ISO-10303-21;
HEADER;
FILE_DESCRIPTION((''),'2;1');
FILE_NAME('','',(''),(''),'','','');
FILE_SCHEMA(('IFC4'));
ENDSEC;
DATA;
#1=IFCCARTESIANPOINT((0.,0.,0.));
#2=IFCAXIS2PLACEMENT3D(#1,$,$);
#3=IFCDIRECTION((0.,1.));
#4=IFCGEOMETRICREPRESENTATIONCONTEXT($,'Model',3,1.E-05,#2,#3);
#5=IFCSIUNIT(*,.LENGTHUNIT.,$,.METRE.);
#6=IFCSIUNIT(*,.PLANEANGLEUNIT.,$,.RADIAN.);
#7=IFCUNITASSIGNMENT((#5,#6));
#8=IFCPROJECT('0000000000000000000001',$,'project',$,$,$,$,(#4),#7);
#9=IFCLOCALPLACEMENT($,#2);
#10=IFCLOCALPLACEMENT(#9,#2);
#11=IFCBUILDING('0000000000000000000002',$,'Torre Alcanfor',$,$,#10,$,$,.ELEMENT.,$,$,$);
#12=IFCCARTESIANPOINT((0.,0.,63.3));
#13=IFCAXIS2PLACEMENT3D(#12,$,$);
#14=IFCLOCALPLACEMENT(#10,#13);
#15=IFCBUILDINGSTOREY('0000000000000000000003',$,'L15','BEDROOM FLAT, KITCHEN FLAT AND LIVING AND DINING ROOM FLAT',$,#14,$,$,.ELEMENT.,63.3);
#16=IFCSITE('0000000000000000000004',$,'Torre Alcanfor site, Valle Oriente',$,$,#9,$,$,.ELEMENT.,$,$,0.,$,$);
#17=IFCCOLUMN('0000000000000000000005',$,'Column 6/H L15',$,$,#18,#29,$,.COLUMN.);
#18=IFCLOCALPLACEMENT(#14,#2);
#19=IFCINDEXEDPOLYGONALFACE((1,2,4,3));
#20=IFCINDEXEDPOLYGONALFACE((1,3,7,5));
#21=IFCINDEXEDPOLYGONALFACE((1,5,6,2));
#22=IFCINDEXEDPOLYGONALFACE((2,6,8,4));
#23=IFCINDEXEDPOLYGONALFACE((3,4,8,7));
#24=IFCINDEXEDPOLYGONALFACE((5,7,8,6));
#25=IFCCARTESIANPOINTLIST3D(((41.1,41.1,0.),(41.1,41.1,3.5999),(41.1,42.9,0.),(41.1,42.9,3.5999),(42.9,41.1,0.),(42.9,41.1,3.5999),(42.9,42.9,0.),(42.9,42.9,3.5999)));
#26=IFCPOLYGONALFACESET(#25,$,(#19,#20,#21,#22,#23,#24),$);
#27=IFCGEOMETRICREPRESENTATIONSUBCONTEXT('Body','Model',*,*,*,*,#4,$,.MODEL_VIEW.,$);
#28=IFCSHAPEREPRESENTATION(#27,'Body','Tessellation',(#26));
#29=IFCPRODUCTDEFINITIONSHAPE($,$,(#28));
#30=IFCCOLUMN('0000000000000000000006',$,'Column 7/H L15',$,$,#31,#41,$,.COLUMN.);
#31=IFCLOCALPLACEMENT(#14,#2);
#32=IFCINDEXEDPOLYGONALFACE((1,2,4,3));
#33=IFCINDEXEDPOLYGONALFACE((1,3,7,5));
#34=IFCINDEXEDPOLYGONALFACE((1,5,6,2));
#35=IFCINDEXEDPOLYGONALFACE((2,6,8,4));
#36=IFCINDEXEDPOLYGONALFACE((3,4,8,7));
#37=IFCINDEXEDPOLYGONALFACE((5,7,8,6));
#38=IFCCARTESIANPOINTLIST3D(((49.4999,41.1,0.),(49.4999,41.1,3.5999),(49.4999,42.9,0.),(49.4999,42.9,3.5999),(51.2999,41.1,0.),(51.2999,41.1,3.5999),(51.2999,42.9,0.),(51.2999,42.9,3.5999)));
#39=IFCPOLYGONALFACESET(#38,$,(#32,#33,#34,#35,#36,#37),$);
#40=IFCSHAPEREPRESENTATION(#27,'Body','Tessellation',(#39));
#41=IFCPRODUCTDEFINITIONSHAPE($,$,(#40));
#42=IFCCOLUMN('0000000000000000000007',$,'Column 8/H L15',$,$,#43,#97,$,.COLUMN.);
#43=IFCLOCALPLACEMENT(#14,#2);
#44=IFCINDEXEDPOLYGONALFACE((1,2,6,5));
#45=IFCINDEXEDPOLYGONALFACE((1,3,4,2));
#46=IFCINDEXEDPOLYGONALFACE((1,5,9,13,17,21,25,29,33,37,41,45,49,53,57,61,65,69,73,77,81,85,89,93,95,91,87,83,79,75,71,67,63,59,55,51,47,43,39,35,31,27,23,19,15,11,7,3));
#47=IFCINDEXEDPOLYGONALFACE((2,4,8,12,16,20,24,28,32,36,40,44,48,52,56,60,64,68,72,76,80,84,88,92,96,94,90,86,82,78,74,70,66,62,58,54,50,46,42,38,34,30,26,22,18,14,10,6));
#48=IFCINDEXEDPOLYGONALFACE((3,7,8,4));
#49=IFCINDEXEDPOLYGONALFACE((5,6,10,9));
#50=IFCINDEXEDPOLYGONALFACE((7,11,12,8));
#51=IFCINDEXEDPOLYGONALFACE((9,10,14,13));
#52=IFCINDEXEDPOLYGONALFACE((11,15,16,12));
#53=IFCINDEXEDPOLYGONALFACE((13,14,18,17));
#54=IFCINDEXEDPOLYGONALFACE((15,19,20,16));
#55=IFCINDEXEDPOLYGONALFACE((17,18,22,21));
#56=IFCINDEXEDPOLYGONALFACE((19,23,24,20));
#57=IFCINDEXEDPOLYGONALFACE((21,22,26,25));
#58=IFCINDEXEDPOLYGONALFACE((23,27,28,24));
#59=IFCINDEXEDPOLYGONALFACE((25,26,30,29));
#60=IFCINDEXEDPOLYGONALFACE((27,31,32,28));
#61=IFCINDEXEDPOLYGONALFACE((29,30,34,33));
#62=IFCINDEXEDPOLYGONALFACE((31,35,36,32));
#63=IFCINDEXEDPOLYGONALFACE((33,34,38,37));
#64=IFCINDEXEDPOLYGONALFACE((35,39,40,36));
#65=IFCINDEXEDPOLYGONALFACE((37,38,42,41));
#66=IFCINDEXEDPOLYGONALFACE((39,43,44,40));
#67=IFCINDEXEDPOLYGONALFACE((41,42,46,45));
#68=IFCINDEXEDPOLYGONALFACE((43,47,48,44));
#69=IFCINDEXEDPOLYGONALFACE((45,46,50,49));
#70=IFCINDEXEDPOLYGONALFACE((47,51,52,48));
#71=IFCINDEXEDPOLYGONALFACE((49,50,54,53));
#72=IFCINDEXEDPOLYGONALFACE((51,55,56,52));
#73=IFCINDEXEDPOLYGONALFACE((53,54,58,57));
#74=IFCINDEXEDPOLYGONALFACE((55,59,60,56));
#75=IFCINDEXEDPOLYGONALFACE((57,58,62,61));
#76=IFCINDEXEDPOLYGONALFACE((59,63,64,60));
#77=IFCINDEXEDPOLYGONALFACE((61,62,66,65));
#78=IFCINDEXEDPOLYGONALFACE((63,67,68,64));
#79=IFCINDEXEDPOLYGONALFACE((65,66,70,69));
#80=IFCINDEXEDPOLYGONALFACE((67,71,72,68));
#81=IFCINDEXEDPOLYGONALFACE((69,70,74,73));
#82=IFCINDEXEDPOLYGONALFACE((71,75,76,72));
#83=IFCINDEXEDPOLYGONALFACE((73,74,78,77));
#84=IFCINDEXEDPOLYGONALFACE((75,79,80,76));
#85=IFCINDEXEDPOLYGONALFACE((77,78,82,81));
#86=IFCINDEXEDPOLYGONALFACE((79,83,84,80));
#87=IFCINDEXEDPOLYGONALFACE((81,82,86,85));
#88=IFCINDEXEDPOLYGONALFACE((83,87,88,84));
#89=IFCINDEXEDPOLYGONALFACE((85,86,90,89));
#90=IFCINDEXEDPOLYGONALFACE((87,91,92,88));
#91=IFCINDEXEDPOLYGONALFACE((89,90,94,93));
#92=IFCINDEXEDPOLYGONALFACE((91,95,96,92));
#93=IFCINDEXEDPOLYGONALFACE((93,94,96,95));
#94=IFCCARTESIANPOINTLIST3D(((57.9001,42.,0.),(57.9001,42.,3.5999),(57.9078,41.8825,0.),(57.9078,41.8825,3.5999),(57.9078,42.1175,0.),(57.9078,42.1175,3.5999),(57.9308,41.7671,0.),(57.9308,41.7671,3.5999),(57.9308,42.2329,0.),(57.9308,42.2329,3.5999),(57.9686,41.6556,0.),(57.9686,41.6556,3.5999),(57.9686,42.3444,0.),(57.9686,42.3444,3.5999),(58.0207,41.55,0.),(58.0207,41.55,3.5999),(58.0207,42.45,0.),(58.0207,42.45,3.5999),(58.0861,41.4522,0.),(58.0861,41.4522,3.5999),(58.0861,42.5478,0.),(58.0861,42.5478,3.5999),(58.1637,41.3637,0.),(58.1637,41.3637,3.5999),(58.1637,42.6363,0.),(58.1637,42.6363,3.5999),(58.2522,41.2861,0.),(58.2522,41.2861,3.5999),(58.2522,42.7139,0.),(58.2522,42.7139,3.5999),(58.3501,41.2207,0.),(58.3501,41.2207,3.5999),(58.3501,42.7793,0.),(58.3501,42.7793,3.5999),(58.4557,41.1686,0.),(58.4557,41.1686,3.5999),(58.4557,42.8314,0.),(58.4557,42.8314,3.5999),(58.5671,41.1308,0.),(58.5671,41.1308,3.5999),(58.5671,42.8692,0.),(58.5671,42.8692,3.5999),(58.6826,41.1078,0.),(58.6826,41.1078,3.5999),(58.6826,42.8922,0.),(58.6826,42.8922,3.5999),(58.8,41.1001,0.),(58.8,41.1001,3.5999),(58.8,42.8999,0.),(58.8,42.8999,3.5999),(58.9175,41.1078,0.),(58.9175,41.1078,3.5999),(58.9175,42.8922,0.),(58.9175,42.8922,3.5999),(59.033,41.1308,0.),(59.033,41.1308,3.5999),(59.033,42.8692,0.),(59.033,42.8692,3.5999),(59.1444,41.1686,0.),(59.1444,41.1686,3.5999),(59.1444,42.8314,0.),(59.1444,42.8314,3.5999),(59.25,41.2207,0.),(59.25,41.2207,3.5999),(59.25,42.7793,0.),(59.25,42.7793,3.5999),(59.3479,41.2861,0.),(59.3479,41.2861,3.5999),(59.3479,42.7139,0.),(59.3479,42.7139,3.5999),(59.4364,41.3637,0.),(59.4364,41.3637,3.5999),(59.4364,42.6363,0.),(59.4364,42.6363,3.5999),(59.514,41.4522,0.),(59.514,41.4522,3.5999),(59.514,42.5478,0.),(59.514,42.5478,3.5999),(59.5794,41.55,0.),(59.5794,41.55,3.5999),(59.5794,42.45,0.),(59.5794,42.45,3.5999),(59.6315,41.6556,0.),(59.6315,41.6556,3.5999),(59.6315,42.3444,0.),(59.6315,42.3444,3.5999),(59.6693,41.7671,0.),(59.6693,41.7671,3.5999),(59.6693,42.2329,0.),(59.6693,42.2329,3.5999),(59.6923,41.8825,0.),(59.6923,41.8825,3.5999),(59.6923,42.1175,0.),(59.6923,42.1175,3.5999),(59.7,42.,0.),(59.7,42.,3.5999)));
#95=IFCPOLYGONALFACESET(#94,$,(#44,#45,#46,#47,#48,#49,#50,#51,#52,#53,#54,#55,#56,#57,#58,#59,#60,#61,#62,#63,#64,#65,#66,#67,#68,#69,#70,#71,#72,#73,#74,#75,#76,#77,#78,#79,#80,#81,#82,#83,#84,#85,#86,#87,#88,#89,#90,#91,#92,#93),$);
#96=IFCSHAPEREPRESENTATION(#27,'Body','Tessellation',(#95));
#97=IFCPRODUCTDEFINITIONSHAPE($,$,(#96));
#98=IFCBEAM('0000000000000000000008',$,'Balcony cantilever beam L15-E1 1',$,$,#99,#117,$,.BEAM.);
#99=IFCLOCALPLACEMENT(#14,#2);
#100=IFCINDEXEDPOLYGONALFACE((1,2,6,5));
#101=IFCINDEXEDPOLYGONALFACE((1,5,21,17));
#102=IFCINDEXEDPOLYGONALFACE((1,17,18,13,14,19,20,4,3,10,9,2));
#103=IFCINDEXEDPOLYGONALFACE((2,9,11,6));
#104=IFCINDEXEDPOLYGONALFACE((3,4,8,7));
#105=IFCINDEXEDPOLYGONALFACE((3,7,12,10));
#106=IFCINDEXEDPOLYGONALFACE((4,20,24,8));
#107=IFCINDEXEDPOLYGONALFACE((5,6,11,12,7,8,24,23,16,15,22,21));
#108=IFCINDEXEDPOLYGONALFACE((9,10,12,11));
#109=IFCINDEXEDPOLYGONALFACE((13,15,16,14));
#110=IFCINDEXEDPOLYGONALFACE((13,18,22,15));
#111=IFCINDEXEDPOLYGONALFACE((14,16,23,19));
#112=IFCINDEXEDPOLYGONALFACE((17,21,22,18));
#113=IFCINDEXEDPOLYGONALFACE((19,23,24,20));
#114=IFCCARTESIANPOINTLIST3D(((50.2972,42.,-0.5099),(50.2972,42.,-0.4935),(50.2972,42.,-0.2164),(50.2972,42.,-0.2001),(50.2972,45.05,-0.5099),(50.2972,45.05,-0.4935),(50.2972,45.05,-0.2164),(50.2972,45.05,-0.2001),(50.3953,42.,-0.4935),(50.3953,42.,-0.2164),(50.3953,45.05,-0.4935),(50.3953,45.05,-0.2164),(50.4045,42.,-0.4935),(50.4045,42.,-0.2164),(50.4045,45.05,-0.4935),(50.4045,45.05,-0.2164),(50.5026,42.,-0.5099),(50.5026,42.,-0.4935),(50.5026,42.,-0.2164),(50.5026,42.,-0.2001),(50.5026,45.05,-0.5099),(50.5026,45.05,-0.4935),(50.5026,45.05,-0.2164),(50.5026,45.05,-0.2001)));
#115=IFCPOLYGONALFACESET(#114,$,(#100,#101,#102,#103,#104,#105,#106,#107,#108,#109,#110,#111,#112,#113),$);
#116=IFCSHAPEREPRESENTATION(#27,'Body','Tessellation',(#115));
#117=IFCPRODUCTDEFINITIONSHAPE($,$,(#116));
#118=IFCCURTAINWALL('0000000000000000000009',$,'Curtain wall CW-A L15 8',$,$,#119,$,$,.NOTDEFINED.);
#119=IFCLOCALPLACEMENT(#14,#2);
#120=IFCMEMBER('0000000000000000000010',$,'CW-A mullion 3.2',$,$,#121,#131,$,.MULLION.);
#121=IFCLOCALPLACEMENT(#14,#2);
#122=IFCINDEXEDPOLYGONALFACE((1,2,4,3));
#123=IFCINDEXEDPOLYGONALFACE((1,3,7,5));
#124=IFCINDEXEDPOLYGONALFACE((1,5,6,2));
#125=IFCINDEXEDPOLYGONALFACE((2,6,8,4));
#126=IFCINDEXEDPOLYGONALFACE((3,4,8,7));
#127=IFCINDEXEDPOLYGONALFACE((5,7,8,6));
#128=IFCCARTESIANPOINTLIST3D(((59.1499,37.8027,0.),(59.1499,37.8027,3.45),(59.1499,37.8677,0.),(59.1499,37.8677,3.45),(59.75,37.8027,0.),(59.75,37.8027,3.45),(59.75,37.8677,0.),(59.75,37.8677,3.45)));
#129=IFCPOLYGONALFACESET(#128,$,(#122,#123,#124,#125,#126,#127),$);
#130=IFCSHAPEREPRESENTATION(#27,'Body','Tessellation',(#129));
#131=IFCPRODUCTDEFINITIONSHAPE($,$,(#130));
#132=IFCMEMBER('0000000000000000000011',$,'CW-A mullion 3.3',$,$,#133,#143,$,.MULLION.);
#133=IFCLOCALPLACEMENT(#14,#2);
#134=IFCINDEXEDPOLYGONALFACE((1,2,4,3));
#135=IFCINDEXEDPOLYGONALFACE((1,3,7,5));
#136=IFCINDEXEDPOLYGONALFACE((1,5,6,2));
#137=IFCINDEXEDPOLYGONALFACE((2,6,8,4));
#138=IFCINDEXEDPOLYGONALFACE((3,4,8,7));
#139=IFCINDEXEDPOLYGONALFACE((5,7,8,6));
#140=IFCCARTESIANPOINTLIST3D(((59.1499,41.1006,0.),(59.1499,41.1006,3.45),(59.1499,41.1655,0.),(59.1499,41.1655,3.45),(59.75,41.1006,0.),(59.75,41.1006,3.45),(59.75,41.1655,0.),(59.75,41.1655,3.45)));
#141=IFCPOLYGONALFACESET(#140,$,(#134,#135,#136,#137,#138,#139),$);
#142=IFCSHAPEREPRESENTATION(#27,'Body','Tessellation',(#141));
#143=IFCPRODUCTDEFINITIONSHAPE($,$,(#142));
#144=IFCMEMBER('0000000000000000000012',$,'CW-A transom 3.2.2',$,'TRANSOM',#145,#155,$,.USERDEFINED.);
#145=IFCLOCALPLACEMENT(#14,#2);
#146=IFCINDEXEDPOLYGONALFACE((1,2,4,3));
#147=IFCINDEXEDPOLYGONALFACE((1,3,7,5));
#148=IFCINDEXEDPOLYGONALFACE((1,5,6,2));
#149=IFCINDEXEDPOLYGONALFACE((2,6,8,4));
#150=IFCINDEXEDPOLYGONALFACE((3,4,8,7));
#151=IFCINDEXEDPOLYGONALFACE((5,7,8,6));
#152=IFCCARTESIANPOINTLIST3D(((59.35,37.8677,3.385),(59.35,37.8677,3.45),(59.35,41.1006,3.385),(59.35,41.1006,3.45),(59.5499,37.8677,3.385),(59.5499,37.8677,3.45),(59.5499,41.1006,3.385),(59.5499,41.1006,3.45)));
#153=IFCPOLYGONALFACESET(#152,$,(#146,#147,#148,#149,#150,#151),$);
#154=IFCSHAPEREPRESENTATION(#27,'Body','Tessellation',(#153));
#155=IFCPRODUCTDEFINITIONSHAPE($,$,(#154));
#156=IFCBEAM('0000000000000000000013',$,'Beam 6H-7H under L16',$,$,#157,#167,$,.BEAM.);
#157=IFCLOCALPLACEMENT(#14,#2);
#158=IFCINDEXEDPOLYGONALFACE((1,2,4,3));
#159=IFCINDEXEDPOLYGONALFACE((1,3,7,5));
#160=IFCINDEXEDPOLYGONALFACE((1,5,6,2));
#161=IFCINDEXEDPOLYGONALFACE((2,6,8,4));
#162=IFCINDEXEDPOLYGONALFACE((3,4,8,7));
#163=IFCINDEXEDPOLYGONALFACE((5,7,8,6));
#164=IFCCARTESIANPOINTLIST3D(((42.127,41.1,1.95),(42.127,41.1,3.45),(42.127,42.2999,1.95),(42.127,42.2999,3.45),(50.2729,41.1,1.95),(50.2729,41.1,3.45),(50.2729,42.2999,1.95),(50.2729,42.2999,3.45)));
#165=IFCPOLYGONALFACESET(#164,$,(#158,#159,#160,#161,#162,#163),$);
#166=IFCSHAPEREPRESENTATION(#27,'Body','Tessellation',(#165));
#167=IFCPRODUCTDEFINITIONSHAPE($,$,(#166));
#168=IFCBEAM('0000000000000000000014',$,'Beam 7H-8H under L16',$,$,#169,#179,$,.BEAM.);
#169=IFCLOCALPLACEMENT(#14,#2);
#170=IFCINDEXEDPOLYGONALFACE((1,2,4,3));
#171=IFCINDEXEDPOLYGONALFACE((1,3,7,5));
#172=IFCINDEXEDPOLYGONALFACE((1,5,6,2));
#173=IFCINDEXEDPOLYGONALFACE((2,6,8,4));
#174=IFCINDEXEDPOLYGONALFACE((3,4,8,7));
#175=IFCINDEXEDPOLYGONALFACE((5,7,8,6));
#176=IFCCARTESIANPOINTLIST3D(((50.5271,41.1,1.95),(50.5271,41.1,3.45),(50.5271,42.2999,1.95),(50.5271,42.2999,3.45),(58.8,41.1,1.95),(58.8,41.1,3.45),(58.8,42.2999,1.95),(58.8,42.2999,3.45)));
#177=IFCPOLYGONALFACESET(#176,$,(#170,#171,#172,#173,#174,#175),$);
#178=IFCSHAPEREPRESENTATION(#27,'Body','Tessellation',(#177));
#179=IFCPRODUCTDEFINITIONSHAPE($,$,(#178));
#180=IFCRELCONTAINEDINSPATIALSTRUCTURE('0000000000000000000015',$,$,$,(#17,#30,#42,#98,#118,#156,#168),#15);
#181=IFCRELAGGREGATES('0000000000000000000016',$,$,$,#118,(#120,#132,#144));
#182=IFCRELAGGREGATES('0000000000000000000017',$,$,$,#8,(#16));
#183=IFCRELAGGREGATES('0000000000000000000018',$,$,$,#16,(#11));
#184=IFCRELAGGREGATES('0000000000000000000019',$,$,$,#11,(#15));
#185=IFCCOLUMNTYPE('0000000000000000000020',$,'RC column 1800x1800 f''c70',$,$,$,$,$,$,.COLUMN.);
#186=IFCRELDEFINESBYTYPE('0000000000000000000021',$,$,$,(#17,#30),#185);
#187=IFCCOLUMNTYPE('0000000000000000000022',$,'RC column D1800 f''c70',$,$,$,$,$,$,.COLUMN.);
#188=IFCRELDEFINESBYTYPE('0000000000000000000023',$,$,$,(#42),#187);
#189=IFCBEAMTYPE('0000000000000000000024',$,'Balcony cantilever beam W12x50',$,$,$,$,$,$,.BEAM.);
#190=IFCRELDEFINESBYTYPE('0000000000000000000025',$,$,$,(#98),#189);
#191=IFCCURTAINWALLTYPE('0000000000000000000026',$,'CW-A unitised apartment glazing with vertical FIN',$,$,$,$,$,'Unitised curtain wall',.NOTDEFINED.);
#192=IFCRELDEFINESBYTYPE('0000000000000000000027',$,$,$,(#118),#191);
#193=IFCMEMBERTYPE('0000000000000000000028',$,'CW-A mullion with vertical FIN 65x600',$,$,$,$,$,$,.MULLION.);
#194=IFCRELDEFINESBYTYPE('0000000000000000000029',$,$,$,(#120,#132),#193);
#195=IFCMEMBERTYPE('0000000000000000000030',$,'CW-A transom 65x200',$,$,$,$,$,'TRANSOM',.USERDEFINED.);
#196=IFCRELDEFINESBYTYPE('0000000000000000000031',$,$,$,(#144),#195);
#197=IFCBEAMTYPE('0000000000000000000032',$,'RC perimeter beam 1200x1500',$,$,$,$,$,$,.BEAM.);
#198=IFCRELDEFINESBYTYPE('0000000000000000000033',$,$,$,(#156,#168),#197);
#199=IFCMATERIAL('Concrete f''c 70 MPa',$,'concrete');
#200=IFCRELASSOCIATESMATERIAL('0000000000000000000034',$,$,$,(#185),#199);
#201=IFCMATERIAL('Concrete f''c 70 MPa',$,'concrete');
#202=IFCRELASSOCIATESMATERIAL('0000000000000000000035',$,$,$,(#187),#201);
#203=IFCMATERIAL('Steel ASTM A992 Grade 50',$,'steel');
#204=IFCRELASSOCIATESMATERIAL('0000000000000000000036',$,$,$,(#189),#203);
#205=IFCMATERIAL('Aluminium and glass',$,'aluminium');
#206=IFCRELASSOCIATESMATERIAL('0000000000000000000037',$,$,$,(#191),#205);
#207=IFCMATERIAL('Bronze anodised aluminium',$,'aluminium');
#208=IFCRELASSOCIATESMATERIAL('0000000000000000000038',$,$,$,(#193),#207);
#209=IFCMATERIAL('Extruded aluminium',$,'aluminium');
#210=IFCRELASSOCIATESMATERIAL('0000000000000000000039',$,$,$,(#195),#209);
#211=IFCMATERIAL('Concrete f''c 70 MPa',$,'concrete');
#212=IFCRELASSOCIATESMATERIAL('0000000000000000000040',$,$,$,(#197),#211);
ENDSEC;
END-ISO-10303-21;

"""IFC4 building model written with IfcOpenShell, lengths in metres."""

from ifc_helpers import new_model, si_unit, direction, frame, origin, origin_2d, place, context, subcontext, project, spatial, rectangle, circle, i_section, extrude, material, material_profile, profile_set, type_object, element, aggregate, save


model = new_model("IFC4")

# Units and contexts
model_context = context("Model", 3, precision=1e-05, world=origin(), true_north=direction((0.0, 1.0)))
body_context = subcontext(model_context, "Body", "Model", "MODEL_VIEW")
ifc_project = project(units=[si_unit("LENGTHUNIT", "METRE"), si_unit("PLANEANGLEUNIT", "RADIAN")], contexts=[model_context])

# Site, building, storey
site_placement = place(None, origin())
site = spatial("IfcSite", under=ifc_project, at=site_placement, Name="Torre Alcanfor site, Valle Oriente", CompositionType="ELEMENT", RefElevation=0.0)
building_placement = place(site_placement, origin())
building = spatial("IfcBuilding", under=site, at=building_placement, Name="Torre Alcanfor", CompositionType="ELEMENT")
storey_placement = place(building_placement, frame((0.0, 0.0, 63.3)))
storey = spatial("IfcBuildingStorey", under=building, at=storey_placement, Name="L15", Description="BEDROOM FLAT, KITCHEN FLAT AND LIVING AND DINING ROOM FLAT", CompositionType="ELEMENT", Elevation=63.3)

# Columns
ifc_material_1 = material(Name="Concrete f'c 70 MPa", Category="concrete")
ifc_material_profile_1 = material_profile(ifc_material_1, rectangle(XDim=1.8, YDim=1.8, at=origin_2d()), Name="1800x1800")
ifc_profile_set_1 = profile_set([ifc_material_profile_1], Name="Concrete f'c 70 MPa")
column_type_1 = type_object("IfcColumnType", Name="RC column 1800x1800 f'c70", PredefinedType="COLUMN", material=ifc_profile_set_1)
for number, where, z_axis, x_axis, name in (
    (1, (42.0, 42.0, 0.0), (0.0, 0.0, 1.0), (1.0, 0.0, 0.0), "Column 6/H L15"),
    (2, (50.3999, 42.0, 0.0), (0.0, 0.0, 1.0), (1.0, 0.0, 0.0), "Column 7/H L15"),
):
    element("IfcColumn", number, at=place(storey_placement, frame(where, z_axis=z_axis, x_axis=x_axis)), inside=storey, type_object=column_type_1, Name=name, PredefinedType="COLUMN", context=body_context, shape_type="SweptSolid", body=[
        extrude(rectangle(XDim=1.8, YDim=1.8, at=origin_2d()), origin(), (0.0, 0.0, 1.0), 3.5999),
    ])
ifc_material_2 = material(Name="Concrete f'c 70 MPa", Category="concrete")
ifc_material_profile_2 = material_profile(ifc_material_2, circle(Radius=0.8999, at=origin_2d()), Name="D1800")
ifc_profile_set_2 = profile_set([ifc_material_profile_2], Name="Concrete f'c 70 MPa")
column_type_2 = type_object("IfcColumnType", Name="RC column D1800 f'c70", PredefinedType="COLUMN", material=ifc_profile_set_2)
column_placement = place(storey_placement, frame((58.8, 42.0, 0.0), z_axis=(0.0, 0.0, 1.0), x_axis=(1.0, 0.0, 0.0)))
element("IfcColumn", 3, at=column_placement, inside=storey, type_object=column_type_2, Name="Column 8/H L15", PredefinedType="COLUMN", context=body_context, shape_type="SweptSolid", body=[
    extrude(circle(Radius=0.8999, at=origin_2d()), origin(), (0.0, 0.0, 1.0), 3.5999),
])

# Beam
ifc_material_3 = material(Name="Steel ASTM A992 Grade 50", Category="steel")
ifc_material_profile_3 = material_profile(ifc_material_3, i_section(OverallWidth=0.2053, OverallDepth=0.3098, WebThickness=0.0093, FlangeThickness=0.0164, at=origin_2d()), Name="W12x50")
ifc_profile_set_3 = profile_set([ifc_material_profile_3], Name="Steel ASTM A992 Grade 50")
beam_type_1 = type_object("IfcBeamType", Name="Balcony cantilever beam W12x50", PredefinedType="BEAM", material=ifc_profile_set_3)
beam_1_placement = place(storey_placement, frame((50.3999, 42.0, -0.355), z_axis=(0.0, 1.0, 0.0), x_axis=(-1.0, 0.0, 0.0)))
element("IfcBeam", 4, at=beam_1_placement, inside=storey, type_object=beam_type_1, Name="Balcony cantilever beam L15-E1 1", PredefinedType="BEAM", context=body_context, shape_type="SweptSolid", body=[
    extrude(i_section(OverallWidth=0.2053, OverallDepth=0.3098, WebThickness=0.0093, FlangeThickness=0.0164, at=origin_2d()), origin(), (0.0, 0.0, 1.0), 3.05),
])

# Curtain wall, members
ifc_material_4 = material(Name="Aluminium and glass", Category="aluminium")
curtain_wall_type = type_object("IfcCurtainWallType", Name="CW-A unitised apartment glazing with vertical FIN", ElementType="Unitised curtain wall", PredefinedType="NOTDEFINED", material=ifc_material_4)
curtain_wall_placement = place(storey_placement, origin())
curtain_wall = element("IfcCurtainWall", 5, at=curtain_wall_placement, inside=storey, type_object=curtain_wall_type, Name="Curtain wall CW-A L15 8", PredefinedType="NOTDEFINED")
ifc_material_5 = material(Name="Bronze anodised aluminium", Category="aluminium")
ifc_material_profile_4 = material_profile(ifc_material_5, rectangle(XDim=0.6001, YDim=0.0649, at=origin_2d()), Name="CW-A mullion 65x600")
ifc_profile_set_4 = profile_set([ifc_material_profile_4], Name="Bronze anodised aluminium")
member_type_1 = type_object("IfcMemberType", Name="CW-A mullion with vertical FIN 65x600", PredefinedType="MULLION", material=ifc_profile_set_4)
member_1_placement = place(storey_placement, frame((59.45, 37.8352, 0.0), z_axis=(0.0, 0.0, 1.0), x_axis=(-1.0, 0.0, 0.0)))
member_1 = element("IfcMember", 6, at=member_1_placement, type_object=member_type_1, Name="CW-A mullion 3.2", PredefinedType="MULLION", context=body_context, shape_type="SweptSolid", body=[
    extrude(rectangle(XDim=0.6001, YDim=0.0649, at=origin_2d()), origin(), (0.0, 0.0, 1.0), 3.45),
])
member_2_placement = place(storey_placement, frame((59.45, 41.1331, 0.0), z_axis=(0.0, 0.0, 1.0), x_axis=(-1.0, 0.0, 0.0)))
member_2 = element("IfcMember", 7, at=member_2_placement, type_object=member_type_1, Name="CW-A mullion 3.3", PredefinedType="MULLION", context=body_context, shape_type="SweptSolid", body=[
    extrude(rectangle(XDim=0.6001, YDim=0.0649, at=origin_2d()), origin(), (0.0, 0.0, 1.0), 3.45),
])
ifc_material_6 = material(Name="Extruded aluminium", Category="aluminium")
ifc_material_profile_5 = material_profile(ifc_material_6, rectangle(XDim=0.2, YDim=0.0649, at=origin_2d()), Name="CW-A transom 200x65")
ifc_profile_set_5 = profile_set([ifc_material_profile_5], Name="Extruded aluminium")
member_type_2 = type_object("IfcMemberType", Name="CW-A transom 65x200", ElementType="TRANSOM", PredefinedType="USERDEFINED", material=ifc_profile_set_5)
member_3_placement = place(storey_placement, frame((59.45, 37.8677, 3.4175), z_axis=(0.0, 1.0, 0.0), x_axis=(-1.0, 0.0, 0.0)))
member_3 = element("IfcMember", 8, at=member_3_placement, type_object=member_type_2, Name="CW-A transom 3.2.2", ObjectType="TRANSOM", PredefinedType="USERDEFINED", context=body_context, shape_type="SweptSolid", body=[
    extrude(rectangle(XDim=0.2, YDim=0.0649, at=origin_2d()), origin(), (0.0, 0.0, 1.0), 3.2329),
])

# Beams
ifc_material_7 = material(Name="Concrete f'c 70 MPa", Category="concrete")
ifc_material_profile_6 = material_profile(ifc_material_7, rectangle(XDim=1.2, YDim=1.5, at=origin_2d()), Name="1200x1500")
ifc_profile_set_6 = profile_set([ifc_material_profile_6], Name="Concrete f'c 70 MPa")
beam_type_2 = type_object("IfcBeamType", Name="RC perimeter beam 1200x1500", PredefinedType="BEAM", material=ifc_profile_set_6)
beam_2_placement = place(storey_placement, frame((42.127, 41.7, 2.7), z_axis=(1.0, 0.0, 0.0), x_axis=(0.0, 1.0, 0.0)))
element("IfcBeam", 9, at=beam_2_placement, inside=storey, type_object=beam_type_2, Name="Beam 6H-7H under L16", PredefinedType="BEAM", context=body_context, shape_type="SweptSolid", body=[
    extrude(rectangle(XDim=1.2, YDim=1.5, at=origin_2d()), origin(), (0.0, 0.0, 1.0), 8.146),
])
beam_3_placement = place(storey_placement, frame((50.5271, 41.7, 2.7), z_axis=(1.0, 0.0, 0.0), x_axis=(0.0, 1.0, 0.0)))
element("IfcBeam", 10, at=beam_3_placement, inside=storey, type_object=beam_type_2, Name="Beam 7H-8H under L16", PredefinedType="BEAM", context=body_context, shape_type="SweptSolid", body=[
    extrude(rectangle(XDim=1.2, YDim=1.5, at=origin_2d()), origin(), (0.0, 0.0, 1.0), 8.2729),
])

aggregate(curtain_wall, [member_1, member_2, member_3])

save(model, "model.ifc")
